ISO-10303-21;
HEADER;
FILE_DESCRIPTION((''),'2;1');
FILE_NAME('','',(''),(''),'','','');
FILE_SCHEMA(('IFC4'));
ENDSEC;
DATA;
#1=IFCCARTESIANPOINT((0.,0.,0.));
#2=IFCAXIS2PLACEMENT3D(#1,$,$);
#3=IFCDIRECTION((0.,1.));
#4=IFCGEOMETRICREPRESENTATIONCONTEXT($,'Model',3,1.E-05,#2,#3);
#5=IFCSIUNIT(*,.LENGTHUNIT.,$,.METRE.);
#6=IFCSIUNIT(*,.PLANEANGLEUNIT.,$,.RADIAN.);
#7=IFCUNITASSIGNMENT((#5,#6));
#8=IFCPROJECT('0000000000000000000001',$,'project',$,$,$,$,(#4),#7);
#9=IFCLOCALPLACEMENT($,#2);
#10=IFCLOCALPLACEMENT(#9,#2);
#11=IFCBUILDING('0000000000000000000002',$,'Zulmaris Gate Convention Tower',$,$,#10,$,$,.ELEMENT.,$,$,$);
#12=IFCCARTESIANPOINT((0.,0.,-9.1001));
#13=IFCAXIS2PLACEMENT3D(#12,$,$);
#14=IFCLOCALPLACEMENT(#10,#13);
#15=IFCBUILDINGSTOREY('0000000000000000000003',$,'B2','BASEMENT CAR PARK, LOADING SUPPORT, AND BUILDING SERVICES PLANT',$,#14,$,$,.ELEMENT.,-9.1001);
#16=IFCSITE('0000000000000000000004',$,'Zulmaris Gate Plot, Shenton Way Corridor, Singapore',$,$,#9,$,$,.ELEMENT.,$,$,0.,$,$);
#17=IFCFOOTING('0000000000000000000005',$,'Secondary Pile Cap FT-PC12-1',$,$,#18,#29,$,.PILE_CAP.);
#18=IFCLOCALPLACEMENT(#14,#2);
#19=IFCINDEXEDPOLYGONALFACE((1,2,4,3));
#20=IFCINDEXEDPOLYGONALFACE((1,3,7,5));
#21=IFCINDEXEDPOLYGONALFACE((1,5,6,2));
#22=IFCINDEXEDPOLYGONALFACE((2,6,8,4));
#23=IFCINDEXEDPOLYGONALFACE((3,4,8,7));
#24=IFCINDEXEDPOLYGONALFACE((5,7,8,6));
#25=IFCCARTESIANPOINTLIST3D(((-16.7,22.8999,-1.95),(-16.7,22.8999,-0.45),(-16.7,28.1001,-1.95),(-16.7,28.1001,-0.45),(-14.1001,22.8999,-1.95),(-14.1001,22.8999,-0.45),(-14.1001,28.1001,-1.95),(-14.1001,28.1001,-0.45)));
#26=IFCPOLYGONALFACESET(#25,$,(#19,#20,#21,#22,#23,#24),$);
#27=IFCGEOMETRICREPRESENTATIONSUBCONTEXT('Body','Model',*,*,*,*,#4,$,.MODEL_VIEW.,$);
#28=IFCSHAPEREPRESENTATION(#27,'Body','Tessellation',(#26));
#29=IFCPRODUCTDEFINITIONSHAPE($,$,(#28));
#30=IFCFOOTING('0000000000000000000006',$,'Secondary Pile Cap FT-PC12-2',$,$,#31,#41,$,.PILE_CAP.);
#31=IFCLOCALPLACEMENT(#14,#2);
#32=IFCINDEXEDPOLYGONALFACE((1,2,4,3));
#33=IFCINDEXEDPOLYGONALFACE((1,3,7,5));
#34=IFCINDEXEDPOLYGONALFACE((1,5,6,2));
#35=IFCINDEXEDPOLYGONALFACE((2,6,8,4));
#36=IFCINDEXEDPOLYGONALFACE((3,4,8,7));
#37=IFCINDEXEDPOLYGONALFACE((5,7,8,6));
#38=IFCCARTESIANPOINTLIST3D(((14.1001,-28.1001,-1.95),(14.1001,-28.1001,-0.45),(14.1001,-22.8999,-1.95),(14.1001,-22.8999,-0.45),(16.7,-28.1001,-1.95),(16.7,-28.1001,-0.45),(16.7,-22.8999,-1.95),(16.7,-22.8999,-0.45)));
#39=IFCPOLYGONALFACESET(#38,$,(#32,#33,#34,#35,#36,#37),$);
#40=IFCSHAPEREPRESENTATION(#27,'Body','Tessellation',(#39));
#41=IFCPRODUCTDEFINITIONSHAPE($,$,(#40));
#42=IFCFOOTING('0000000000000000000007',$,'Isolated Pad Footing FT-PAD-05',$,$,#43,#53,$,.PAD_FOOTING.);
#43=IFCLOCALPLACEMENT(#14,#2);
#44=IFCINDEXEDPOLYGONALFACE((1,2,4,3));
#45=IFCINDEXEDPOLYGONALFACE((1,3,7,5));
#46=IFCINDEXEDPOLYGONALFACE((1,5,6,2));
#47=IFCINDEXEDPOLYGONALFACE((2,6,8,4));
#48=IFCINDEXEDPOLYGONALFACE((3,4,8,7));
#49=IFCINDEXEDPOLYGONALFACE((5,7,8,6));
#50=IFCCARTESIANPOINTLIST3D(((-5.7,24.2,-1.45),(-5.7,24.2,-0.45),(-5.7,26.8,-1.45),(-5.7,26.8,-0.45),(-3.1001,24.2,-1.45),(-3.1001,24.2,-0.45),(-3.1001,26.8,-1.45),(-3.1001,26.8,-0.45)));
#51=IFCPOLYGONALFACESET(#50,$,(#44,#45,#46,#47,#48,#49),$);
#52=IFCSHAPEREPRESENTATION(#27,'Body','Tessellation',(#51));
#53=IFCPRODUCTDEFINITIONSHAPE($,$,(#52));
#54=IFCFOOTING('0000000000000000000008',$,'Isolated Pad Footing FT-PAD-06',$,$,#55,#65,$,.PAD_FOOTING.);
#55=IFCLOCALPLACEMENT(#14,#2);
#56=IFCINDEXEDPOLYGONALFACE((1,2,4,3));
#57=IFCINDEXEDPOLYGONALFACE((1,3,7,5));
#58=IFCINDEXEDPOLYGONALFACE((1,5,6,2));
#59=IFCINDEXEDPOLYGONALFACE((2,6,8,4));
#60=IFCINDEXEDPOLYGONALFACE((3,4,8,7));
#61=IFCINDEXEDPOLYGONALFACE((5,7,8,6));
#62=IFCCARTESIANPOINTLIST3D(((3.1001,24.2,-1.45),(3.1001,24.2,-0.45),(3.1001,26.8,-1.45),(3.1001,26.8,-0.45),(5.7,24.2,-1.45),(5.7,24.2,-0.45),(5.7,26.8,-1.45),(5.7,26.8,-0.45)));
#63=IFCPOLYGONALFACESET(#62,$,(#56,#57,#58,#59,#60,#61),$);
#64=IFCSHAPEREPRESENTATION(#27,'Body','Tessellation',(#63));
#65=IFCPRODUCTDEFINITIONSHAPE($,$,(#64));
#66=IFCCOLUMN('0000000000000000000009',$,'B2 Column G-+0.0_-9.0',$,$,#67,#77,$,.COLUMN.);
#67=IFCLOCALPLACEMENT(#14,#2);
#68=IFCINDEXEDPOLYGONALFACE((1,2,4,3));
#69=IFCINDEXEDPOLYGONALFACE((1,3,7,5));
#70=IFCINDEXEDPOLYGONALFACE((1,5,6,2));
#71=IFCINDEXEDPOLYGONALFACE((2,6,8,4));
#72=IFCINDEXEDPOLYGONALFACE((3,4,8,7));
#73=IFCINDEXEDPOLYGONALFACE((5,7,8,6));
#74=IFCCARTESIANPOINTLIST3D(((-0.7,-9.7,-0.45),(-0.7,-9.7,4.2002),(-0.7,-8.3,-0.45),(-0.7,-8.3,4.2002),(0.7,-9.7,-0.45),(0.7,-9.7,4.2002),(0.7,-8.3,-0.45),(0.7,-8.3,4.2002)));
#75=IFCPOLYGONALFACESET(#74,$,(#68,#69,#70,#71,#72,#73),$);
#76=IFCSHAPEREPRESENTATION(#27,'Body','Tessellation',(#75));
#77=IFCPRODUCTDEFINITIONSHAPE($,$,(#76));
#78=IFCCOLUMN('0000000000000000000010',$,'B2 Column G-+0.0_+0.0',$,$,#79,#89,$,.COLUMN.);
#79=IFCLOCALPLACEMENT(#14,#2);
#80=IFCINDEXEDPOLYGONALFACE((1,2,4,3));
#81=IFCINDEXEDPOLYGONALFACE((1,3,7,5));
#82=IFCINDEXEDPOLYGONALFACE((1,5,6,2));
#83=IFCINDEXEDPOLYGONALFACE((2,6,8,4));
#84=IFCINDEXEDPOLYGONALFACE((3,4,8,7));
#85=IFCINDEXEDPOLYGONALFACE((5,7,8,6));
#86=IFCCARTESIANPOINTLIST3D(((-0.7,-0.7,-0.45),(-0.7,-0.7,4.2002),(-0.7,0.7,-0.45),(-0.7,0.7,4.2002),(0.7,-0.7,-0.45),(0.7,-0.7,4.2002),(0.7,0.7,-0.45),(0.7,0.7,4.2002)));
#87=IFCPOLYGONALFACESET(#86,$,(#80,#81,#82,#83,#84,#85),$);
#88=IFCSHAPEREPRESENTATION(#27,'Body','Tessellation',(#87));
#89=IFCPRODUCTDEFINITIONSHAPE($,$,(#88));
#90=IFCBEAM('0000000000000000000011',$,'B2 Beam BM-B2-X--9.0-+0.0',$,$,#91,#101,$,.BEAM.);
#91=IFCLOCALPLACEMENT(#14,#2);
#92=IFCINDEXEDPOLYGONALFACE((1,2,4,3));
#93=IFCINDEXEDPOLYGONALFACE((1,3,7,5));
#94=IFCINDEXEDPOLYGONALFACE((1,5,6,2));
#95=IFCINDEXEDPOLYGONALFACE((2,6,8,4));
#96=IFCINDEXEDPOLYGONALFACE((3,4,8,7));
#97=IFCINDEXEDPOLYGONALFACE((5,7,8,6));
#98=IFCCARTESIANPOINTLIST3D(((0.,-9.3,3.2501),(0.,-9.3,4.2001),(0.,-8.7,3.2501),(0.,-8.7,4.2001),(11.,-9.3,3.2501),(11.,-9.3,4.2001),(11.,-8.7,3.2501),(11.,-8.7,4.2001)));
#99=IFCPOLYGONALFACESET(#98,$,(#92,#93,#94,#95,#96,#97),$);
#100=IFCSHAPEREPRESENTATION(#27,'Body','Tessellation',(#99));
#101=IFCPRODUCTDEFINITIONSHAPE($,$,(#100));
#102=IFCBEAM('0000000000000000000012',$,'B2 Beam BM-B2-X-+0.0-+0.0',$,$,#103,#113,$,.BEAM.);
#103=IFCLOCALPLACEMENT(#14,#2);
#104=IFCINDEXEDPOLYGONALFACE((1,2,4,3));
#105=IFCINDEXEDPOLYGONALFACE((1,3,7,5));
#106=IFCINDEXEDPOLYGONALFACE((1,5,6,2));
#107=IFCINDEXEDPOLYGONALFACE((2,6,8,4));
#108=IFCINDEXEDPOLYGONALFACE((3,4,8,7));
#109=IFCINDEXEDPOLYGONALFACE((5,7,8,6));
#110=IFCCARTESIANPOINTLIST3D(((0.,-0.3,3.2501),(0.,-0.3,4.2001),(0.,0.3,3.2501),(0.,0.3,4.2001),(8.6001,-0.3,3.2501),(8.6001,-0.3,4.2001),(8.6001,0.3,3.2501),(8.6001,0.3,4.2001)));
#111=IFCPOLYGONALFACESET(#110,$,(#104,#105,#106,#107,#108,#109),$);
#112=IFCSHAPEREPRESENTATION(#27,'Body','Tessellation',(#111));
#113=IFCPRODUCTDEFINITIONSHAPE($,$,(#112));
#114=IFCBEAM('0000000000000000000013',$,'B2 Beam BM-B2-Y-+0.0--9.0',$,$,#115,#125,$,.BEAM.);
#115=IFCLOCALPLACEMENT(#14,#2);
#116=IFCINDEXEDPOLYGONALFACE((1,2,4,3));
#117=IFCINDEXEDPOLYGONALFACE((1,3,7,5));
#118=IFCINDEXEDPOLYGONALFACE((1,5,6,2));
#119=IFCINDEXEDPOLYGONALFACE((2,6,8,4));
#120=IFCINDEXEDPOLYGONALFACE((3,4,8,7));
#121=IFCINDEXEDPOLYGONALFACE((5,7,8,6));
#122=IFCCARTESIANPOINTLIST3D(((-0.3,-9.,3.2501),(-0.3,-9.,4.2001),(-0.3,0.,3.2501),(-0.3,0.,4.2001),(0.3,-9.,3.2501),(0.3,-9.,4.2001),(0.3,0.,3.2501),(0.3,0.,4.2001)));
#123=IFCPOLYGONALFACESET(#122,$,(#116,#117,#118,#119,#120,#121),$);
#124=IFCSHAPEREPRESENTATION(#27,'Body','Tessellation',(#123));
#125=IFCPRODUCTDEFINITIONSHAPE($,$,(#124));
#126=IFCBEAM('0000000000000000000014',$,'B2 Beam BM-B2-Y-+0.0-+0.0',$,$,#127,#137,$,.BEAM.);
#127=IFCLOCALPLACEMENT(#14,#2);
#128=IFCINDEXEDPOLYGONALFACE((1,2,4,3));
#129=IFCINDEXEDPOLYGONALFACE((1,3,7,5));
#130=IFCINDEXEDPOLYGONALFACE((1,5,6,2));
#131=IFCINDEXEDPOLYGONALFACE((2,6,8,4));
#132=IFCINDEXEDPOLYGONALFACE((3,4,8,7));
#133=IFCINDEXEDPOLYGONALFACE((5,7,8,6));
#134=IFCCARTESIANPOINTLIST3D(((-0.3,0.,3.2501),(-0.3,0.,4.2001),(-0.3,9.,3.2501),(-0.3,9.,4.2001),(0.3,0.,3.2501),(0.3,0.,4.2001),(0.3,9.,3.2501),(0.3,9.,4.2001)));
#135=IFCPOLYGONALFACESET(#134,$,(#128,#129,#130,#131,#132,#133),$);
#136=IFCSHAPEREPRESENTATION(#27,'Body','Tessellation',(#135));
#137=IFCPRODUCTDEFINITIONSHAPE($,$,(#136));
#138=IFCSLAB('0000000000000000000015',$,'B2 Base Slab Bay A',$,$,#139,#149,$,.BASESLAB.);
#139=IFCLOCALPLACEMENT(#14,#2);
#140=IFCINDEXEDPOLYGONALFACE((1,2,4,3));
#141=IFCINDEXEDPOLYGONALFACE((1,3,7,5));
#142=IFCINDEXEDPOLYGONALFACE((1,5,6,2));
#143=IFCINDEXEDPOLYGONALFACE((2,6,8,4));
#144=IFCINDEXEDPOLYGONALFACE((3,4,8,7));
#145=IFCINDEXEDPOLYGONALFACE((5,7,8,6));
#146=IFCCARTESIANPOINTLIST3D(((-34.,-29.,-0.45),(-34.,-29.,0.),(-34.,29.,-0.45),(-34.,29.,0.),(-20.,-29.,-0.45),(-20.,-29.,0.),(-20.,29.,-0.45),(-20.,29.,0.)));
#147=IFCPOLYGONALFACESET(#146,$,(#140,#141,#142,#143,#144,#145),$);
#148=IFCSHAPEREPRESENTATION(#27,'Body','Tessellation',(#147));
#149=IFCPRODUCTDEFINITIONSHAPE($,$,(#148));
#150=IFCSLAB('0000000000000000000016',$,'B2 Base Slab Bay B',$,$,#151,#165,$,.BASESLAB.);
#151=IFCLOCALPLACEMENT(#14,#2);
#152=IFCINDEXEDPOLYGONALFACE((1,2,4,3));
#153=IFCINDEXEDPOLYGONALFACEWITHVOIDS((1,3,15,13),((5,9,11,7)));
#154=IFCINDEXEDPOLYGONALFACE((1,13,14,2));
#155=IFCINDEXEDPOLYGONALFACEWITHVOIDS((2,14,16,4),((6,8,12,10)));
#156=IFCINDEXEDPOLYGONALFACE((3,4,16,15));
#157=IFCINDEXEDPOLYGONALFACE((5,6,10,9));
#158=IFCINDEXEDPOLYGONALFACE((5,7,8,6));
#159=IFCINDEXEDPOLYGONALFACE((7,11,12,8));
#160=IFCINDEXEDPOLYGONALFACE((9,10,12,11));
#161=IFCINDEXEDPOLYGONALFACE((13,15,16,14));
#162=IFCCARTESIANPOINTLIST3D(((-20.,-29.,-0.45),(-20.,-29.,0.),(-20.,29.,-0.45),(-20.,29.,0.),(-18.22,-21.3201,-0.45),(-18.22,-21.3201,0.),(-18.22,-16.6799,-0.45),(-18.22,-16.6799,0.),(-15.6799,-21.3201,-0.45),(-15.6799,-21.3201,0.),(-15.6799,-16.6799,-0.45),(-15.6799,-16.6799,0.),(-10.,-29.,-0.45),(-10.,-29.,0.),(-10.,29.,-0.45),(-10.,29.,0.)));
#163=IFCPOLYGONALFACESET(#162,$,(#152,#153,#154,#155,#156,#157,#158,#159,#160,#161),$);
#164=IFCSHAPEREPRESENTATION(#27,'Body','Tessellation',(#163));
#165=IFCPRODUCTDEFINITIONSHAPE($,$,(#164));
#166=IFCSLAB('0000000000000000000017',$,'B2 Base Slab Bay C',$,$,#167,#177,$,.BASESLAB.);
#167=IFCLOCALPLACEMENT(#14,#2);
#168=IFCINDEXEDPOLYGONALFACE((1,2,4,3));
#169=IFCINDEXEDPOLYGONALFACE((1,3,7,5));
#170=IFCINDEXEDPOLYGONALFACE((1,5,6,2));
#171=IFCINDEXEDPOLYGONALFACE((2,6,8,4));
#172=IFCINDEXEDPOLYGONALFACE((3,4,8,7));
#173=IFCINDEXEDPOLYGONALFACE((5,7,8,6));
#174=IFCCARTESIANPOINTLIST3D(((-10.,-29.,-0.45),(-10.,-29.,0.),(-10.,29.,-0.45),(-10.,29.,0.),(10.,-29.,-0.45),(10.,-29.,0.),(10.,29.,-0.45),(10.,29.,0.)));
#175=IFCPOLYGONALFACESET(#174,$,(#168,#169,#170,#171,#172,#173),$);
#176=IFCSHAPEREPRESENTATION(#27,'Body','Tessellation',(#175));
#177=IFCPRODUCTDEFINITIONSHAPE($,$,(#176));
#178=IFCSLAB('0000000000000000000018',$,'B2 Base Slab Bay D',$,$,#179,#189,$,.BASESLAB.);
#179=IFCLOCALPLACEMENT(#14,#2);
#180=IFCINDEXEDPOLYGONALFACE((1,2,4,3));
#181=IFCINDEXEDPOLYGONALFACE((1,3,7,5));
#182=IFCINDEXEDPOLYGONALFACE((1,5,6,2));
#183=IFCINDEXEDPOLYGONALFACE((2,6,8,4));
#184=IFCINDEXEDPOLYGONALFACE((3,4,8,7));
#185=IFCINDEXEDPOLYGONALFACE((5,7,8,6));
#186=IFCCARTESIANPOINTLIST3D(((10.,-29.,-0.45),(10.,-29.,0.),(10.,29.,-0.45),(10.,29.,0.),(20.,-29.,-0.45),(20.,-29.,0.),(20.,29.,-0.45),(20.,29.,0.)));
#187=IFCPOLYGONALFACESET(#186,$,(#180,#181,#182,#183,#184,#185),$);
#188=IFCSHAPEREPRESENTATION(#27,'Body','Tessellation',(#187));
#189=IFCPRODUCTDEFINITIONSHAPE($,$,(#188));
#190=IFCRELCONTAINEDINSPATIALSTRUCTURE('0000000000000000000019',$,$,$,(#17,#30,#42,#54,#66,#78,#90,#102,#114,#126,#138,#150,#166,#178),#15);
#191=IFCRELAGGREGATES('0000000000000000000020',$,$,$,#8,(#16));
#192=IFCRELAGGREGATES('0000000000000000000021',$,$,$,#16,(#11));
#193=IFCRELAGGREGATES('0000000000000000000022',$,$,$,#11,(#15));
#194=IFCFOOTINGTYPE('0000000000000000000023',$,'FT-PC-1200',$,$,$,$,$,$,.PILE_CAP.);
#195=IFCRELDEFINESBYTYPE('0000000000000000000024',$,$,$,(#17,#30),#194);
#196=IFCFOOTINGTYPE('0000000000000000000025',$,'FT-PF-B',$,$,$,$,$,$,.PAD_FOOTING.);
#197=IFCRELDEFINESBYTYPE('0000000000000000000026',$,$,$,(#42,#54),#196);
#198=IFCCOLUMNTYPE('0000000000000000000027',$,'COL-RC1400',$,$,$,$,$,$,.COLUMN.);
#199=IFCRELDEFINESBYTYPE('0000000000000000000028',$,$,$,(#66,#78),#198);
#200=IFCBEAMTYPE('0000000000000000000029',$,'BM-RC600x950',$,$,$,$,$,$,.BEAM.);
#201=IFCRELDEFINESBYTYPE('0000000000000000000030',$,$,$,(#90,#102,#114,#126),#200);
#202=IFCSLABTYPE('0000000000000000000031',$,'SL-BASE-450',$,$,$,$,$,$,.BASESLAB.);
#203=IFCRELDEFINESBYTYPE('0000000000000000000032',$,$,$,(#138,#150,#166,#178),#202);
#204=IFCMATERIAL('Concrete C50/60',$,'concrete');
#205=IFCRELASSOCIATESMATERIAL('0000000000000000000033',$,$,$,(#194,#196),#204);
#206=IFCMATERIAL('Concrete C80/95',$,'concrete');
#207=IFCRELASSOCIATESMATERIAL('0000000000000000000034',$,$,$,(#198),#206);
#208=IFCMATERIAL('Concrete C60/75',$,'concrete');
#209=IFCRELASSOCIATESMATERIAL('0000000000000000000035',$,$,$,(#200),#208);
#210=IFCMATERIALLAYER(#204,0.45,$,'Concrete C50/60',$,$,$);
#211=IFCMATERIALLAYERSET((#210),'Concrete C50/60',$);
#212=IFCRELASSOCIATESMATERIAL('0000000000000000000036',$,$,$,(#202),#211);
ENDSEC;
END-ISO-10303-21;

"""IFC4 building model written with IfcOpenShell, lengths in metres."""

from ifc_helpers import new_model, si_unit, direction, frame, origin, origin_2d, place, context, subcontext, project, spatial, polyline, rectangle, outline, extrude, material, layer, layer_set, material_profile, profile_set, type_object, element, save


model = new_model("IFC4")

# Units and contexts
model_context = context("Model", 3, precision=1e-05, world=origin(), true_north=direction((0.0, 1.0)))
body_context = subcontext(model_context, "Body", "Model", "MODEL_VIEW")
ifc_project = project(units=[si_unit("LENGTHUNIT", "METRE"), si_unit("PLANEANGLEUNIT", "RADIAN")], contexts=[model_context])

# Site, building, storey
site_placement = place(None, origin())
site = spatial("IfcSite", under=ifc_project, at=site_placement, Name="Zulmaris Gate Plot, Shenton Way Corridor, Singapore", CompositionType="ELEMENT", RefElevation=0.0)
building_placement = place(site_placement, origin())
building = spatial("IfcBuilding", under=site, at=building_placement, Name="Zulmaris Gate Convention Tower", CompositionType="ELEMENT")
storey_placement = place(building_placement, frame((0.0, 0.0, -9.1001)))
storey = spatial("IfcBuildingStorey", under=building, at=storey_placement, Name="B2", Description="BASEMENT CAR PARK, LOADING SUPPORT, AND BUILDING SERVICES PLANT", CompositionType="ELEMENT", Elevation=-9.1001)

# Footings
ifc_material_1 = material(Name="Concrete C50/60", Category="concrete")
footing_type_1 = type_object("IfcFootingType", Name="FT-PC-1200", PredefinedType="PILE_CAP", material=ifc_material_1)
footing_1_placement = place(storey_placement, frame((0.0, 0.0, -1.95)))
element("IfcFooting", 1, at=footing_1_placement, inside=storey, type_object=footing_type_1, Name="Secondary Pile Cap FT-PC12-1", PredefinedType="PILE_CAP", context=body_context, shape_type="SweptSolid", body=[
    extrude(outline(polyline([(-16.7, 22.8999), (-14.1001, 22.8999), (-14.1001, 28.1001), (-16.7, 28.1001), (-16.7, 22.8999)])), origin(), (0.0, 0.0, 1.0), 1.5),
])
footing_2_placement = place(storey_placement, frame((0.0, 0.0, -1.95)))
element("IfcFooting", 2, at=footing_2_placement, inside=storey, type_object=footing_type_1, Name="Secondary Pile Cap FT-PC12-2", PredefinedType="PILE_CAP", context=body_context, shape_type="SweptSolid", body=[
    extrude(outline(polyline([(14.1001, -28.1001), (16.7, -28.1001), (16.7, -22.8999), (14.1001, -22.8999), (14.1001, -28.1001)])), origin(), (0.0, 0.0, 1.0), 1.5),
])
footing_type_2 = type_object("IfcFootingType", Name="FT-PF-B", PredefinedType="PAD_FOOTING", material=ifc_material_1)
footing_3_placement = place(storey_placement, frame((0.0, 0.0, -1.45)))
element("IfcFooting", 3, at=footing_3_placement, inside=storey, type_object=footing_type_2, Name="Isolated Pad Footing FT-PAD-05", PredefinedType="PAD_FOOTING", context=body_context, shape_type="SweptSolid", body=[
    extrude(outline(polyline([(-5.7, 24.2), (-3.1001, 24.2), (-3.1001, 26.8), (-5.7, 26.8), (-5.7, 24.2)])), origin(), (0.0, 0.0, 1.0), 1.0),
])
footing_4_placement = place(storey_placement, frame((0.0, 0.0, -1.45)))
element("IfcFooting", 4, at=footing_4_placement, inside=storey, type_object=footing_type_2, Name="Isolated Pad Footing FT-PAD-06", PredefinedType="PAD_FOOTING", context=body_context, shape_type="SweptSolid", body=[
    extrude(outline(polyline([(3.1001, 24.2), (5.7, 24.2), (5.7, 26.8), (3.1001, 26.8), (3.1001, 24.2)])), origin(), (0.0, 0.0, 1.0), 1.0),
])

# Columns
ifc_material_2 = material(Name="Concrete C80/95", Category="concrete")
ifc_material_profile_1 = material_profile(ifc_material_2, rectangle(XDim=1.3999, YDim=1.3999, at=origin_2d()), Name="RC COL 1400x1400")
ifc_profile_set_1 = profile_set([ifc_material_profile_1], Name="Concrete C80/95")
column_type = type_object("IfcColumnType", Name="COL-RC1400", PredefinedType="COLUMN", material=ifc_profile_set_1)
for number, where, z_axis, x_axis, name in (
    (5, (0.0, -9.0, -0.45), (0.0, 0.0, 1.0), (1.0, 0.0, 0.0), "B2 Column G-+0.0_-9.0"),
    (6, (0.0, 0.0, -0.45), (0.0, 0.0, 1.0), (1.0, 0.0, 0.0), "B2 Column G-+0.0_+0.0"),
):
    element("IfcColumn", number, at=place(storey_placement, frame(where, z_axis=z_axis, x_axis=x_axis)), inside=storey, type_object=column_type, Name=name, PredefinedType="COLUMN", context=body_context, shape_type="SweptSolid", body=[
        extrude(rectangle(XDim=1.3999, YDim=1.3999, at=origin_2d()), origin(), (0.0, 0.0, 1.0), 4.6501),
    ])

# Beams
ifc_material_3 = material(Name="Concrete C60/75", Category="concrete")
ifc_material_profile_2 = material_profile(ifc_material_3, rectangle(XDim=0.6001, YDim=0.95, at=origin_2d()), Name="RC BEAM 600x950")
ifc_profile_set_2 = profile_set([ifc_material_profile_2], Name="Concrete C60/75")
beam_type = type_object("IfcBeamType", Name="BM-RC600x950", PredefinedType="BEAM", material=ifc_profile_set_2)
beam_1_placement = place(storey_placement, frame((0.0, -9.0, 3.7251), z_axis=(1.0, 0.0, 0.0), x_axis=(0.0, 1.0, 0.0)))
element("IfcBeam", 7, at=beam_1_placement, inside=storey, type_object=beam_type, Name="B2 Beam BM-B2-X--9.0-+0.0", PredefinedType="BEAM", context=body_context, shape_type="SweptSolid", body=[
    extrude(rectangle(XDim=0.6001, YDim=0.95, at=origin_2d()), origin(), (0.0, 0.0, 1.0), 11.0),
])
beam_2_placement = place(storey_placement, frame((0.0, 0.0, 3.7251), z_axis=(1.0, 0.0, 0.0), x_axis=(0.0, 1.0, 0.0)))
element("IfcBeam", 8, at=beam_2_placement, inside=storey, type_object=beam_type, Name="B2 Beam BM-B2-X-+0.0-+0.0", PredefinedType="BEAM", context=body_context, shape_type="SweptSolid", body=[
    extrude(rectangle(XDim=0.6001, YDim=0.95, at=origin_2d()), origin(), (0.0, 0.0, 1.0), 8.6001),
])
for number, where, z_axis, x_axis, name in (
    (9, (0.0, -9.0, 3.7251), (0.0, 1.0, 0.0), (-1.0, 0.0, 0.0), "B2 Beam BM-B2-Y-+0.0--9.0"),
    (10, (0.0, 0.0, 3.7251), (0.0, 1.0, 0.0), (-1.0, 0.0, 0.0), "B2 Beam BM-B2-Y-+0.0-+0.0"),
):
    element("IfcBeam", number, at=place(storey_placement, frame(where, z_axis=z_axis, x_axis=x_axis)), inside=storey, type_object=beam_type, Name=name, PredefinedType="BEAM", context=body_context, shape_type="SweptSolid", body=[
        extrude(rectangle(XDim=0.6001, YDim=0.95, at=origin_2d()), origin(), (0.0, 0.0, 1.0), 9.0),
    ])

# Slabs
ifc_layer_1 = layer(ifc_material_1, 0.45, Name="Concrete C50/60")
ifc_layer_set_1 = layer_set([ifc_layer_1], Name="Concrete C50/60")
slab_type_1 = type_object("IfcSlabType", Name="SL-BASE-450", PredefinedType="BASESLAB", material=ifc_layer_set_1)
slab_1_placement = place(storey_placement, frame((0.0, 0.0, -0.45)))
element("IfcSlab", 11, at=slab_1_placement, inside=storey, type_object=slab_type_1, Name="B2 Base Slab Bay A", PredefinedType="BASESLAB", context=body_context, shape_type="SweptSolid", body=[
    extrude(outline(polyline([(-34.0, -29.0), (-20.0, -29.0), (-20.0, 29.0), (-34.0, 29.0), (-34.0, -29.0)])), origin(), (0.0, 0.0, 1.0), 0.45),
])
slab_2_placement = place(storey_placement, frame((0.0, 0.0, -0.45)))
element("IfcSlab", 12, at=slab_2_placement, inside=storey, type_object=slab_type_1, Name="B2 Base Slab Bay B", PredefinedType="BASESLAB", context=body_context, shape_type="SweptSolid", body=[
    extrude(outline(polyline([(-20.0, -29.0), (-10.0, -29.0), (-10.0, 29.0), (-20.0, 29.0), (-20.0, -29.0)]), holes=[polyline([(-18.22, -21.3201), (-15.6799, -21.3201), (-15.6799, -16.6799), (-18.22, -16.6799), (-18.22, -21.3201)])]), origin(), (0.0, 0.0, 1.0), 0.45),
])
slab_3_placement = place(storey_placement, frame((0.0, 0.0, -0.45)))
element("IfcSlab", 13, at=slab_3_placement, inside=storey, type_object=slab_type_1, Name="B2 Base Slab Bay C", PredefinedType="BASESLAB", context=body_context, shape_type="SweptSolid", body=[
    extrude(outline(polyline([(-10.0, -29.0), (10.0, -29.0), (10.0, 29.0), (-10.0, 29.0), (-10.0, -29.0)])), origin(), (0.0, 0.0, 1.0), 0.45),
])
slab_4_placement = place(storey_placement, frame((0.0, 0.0, -0.45)))
element("IfcSlab", 14, at=slab_4_placement, inside=storey, type_object=slab_type_1, Name="B2 Base Slab Bay D", PredefinedType="BASESLAB", context=body_context, shape_type="SweptSolid", body=[
    extrude(outline(polyline([(10.0, -29.0), (20.0, -29.0), (20.0, 29.0), (10.0, 29.0), (10.0, -29.0)])), origin(), (0.0, 0.0, 1.0), 0.45),
])

save(model, "model.ifc")
